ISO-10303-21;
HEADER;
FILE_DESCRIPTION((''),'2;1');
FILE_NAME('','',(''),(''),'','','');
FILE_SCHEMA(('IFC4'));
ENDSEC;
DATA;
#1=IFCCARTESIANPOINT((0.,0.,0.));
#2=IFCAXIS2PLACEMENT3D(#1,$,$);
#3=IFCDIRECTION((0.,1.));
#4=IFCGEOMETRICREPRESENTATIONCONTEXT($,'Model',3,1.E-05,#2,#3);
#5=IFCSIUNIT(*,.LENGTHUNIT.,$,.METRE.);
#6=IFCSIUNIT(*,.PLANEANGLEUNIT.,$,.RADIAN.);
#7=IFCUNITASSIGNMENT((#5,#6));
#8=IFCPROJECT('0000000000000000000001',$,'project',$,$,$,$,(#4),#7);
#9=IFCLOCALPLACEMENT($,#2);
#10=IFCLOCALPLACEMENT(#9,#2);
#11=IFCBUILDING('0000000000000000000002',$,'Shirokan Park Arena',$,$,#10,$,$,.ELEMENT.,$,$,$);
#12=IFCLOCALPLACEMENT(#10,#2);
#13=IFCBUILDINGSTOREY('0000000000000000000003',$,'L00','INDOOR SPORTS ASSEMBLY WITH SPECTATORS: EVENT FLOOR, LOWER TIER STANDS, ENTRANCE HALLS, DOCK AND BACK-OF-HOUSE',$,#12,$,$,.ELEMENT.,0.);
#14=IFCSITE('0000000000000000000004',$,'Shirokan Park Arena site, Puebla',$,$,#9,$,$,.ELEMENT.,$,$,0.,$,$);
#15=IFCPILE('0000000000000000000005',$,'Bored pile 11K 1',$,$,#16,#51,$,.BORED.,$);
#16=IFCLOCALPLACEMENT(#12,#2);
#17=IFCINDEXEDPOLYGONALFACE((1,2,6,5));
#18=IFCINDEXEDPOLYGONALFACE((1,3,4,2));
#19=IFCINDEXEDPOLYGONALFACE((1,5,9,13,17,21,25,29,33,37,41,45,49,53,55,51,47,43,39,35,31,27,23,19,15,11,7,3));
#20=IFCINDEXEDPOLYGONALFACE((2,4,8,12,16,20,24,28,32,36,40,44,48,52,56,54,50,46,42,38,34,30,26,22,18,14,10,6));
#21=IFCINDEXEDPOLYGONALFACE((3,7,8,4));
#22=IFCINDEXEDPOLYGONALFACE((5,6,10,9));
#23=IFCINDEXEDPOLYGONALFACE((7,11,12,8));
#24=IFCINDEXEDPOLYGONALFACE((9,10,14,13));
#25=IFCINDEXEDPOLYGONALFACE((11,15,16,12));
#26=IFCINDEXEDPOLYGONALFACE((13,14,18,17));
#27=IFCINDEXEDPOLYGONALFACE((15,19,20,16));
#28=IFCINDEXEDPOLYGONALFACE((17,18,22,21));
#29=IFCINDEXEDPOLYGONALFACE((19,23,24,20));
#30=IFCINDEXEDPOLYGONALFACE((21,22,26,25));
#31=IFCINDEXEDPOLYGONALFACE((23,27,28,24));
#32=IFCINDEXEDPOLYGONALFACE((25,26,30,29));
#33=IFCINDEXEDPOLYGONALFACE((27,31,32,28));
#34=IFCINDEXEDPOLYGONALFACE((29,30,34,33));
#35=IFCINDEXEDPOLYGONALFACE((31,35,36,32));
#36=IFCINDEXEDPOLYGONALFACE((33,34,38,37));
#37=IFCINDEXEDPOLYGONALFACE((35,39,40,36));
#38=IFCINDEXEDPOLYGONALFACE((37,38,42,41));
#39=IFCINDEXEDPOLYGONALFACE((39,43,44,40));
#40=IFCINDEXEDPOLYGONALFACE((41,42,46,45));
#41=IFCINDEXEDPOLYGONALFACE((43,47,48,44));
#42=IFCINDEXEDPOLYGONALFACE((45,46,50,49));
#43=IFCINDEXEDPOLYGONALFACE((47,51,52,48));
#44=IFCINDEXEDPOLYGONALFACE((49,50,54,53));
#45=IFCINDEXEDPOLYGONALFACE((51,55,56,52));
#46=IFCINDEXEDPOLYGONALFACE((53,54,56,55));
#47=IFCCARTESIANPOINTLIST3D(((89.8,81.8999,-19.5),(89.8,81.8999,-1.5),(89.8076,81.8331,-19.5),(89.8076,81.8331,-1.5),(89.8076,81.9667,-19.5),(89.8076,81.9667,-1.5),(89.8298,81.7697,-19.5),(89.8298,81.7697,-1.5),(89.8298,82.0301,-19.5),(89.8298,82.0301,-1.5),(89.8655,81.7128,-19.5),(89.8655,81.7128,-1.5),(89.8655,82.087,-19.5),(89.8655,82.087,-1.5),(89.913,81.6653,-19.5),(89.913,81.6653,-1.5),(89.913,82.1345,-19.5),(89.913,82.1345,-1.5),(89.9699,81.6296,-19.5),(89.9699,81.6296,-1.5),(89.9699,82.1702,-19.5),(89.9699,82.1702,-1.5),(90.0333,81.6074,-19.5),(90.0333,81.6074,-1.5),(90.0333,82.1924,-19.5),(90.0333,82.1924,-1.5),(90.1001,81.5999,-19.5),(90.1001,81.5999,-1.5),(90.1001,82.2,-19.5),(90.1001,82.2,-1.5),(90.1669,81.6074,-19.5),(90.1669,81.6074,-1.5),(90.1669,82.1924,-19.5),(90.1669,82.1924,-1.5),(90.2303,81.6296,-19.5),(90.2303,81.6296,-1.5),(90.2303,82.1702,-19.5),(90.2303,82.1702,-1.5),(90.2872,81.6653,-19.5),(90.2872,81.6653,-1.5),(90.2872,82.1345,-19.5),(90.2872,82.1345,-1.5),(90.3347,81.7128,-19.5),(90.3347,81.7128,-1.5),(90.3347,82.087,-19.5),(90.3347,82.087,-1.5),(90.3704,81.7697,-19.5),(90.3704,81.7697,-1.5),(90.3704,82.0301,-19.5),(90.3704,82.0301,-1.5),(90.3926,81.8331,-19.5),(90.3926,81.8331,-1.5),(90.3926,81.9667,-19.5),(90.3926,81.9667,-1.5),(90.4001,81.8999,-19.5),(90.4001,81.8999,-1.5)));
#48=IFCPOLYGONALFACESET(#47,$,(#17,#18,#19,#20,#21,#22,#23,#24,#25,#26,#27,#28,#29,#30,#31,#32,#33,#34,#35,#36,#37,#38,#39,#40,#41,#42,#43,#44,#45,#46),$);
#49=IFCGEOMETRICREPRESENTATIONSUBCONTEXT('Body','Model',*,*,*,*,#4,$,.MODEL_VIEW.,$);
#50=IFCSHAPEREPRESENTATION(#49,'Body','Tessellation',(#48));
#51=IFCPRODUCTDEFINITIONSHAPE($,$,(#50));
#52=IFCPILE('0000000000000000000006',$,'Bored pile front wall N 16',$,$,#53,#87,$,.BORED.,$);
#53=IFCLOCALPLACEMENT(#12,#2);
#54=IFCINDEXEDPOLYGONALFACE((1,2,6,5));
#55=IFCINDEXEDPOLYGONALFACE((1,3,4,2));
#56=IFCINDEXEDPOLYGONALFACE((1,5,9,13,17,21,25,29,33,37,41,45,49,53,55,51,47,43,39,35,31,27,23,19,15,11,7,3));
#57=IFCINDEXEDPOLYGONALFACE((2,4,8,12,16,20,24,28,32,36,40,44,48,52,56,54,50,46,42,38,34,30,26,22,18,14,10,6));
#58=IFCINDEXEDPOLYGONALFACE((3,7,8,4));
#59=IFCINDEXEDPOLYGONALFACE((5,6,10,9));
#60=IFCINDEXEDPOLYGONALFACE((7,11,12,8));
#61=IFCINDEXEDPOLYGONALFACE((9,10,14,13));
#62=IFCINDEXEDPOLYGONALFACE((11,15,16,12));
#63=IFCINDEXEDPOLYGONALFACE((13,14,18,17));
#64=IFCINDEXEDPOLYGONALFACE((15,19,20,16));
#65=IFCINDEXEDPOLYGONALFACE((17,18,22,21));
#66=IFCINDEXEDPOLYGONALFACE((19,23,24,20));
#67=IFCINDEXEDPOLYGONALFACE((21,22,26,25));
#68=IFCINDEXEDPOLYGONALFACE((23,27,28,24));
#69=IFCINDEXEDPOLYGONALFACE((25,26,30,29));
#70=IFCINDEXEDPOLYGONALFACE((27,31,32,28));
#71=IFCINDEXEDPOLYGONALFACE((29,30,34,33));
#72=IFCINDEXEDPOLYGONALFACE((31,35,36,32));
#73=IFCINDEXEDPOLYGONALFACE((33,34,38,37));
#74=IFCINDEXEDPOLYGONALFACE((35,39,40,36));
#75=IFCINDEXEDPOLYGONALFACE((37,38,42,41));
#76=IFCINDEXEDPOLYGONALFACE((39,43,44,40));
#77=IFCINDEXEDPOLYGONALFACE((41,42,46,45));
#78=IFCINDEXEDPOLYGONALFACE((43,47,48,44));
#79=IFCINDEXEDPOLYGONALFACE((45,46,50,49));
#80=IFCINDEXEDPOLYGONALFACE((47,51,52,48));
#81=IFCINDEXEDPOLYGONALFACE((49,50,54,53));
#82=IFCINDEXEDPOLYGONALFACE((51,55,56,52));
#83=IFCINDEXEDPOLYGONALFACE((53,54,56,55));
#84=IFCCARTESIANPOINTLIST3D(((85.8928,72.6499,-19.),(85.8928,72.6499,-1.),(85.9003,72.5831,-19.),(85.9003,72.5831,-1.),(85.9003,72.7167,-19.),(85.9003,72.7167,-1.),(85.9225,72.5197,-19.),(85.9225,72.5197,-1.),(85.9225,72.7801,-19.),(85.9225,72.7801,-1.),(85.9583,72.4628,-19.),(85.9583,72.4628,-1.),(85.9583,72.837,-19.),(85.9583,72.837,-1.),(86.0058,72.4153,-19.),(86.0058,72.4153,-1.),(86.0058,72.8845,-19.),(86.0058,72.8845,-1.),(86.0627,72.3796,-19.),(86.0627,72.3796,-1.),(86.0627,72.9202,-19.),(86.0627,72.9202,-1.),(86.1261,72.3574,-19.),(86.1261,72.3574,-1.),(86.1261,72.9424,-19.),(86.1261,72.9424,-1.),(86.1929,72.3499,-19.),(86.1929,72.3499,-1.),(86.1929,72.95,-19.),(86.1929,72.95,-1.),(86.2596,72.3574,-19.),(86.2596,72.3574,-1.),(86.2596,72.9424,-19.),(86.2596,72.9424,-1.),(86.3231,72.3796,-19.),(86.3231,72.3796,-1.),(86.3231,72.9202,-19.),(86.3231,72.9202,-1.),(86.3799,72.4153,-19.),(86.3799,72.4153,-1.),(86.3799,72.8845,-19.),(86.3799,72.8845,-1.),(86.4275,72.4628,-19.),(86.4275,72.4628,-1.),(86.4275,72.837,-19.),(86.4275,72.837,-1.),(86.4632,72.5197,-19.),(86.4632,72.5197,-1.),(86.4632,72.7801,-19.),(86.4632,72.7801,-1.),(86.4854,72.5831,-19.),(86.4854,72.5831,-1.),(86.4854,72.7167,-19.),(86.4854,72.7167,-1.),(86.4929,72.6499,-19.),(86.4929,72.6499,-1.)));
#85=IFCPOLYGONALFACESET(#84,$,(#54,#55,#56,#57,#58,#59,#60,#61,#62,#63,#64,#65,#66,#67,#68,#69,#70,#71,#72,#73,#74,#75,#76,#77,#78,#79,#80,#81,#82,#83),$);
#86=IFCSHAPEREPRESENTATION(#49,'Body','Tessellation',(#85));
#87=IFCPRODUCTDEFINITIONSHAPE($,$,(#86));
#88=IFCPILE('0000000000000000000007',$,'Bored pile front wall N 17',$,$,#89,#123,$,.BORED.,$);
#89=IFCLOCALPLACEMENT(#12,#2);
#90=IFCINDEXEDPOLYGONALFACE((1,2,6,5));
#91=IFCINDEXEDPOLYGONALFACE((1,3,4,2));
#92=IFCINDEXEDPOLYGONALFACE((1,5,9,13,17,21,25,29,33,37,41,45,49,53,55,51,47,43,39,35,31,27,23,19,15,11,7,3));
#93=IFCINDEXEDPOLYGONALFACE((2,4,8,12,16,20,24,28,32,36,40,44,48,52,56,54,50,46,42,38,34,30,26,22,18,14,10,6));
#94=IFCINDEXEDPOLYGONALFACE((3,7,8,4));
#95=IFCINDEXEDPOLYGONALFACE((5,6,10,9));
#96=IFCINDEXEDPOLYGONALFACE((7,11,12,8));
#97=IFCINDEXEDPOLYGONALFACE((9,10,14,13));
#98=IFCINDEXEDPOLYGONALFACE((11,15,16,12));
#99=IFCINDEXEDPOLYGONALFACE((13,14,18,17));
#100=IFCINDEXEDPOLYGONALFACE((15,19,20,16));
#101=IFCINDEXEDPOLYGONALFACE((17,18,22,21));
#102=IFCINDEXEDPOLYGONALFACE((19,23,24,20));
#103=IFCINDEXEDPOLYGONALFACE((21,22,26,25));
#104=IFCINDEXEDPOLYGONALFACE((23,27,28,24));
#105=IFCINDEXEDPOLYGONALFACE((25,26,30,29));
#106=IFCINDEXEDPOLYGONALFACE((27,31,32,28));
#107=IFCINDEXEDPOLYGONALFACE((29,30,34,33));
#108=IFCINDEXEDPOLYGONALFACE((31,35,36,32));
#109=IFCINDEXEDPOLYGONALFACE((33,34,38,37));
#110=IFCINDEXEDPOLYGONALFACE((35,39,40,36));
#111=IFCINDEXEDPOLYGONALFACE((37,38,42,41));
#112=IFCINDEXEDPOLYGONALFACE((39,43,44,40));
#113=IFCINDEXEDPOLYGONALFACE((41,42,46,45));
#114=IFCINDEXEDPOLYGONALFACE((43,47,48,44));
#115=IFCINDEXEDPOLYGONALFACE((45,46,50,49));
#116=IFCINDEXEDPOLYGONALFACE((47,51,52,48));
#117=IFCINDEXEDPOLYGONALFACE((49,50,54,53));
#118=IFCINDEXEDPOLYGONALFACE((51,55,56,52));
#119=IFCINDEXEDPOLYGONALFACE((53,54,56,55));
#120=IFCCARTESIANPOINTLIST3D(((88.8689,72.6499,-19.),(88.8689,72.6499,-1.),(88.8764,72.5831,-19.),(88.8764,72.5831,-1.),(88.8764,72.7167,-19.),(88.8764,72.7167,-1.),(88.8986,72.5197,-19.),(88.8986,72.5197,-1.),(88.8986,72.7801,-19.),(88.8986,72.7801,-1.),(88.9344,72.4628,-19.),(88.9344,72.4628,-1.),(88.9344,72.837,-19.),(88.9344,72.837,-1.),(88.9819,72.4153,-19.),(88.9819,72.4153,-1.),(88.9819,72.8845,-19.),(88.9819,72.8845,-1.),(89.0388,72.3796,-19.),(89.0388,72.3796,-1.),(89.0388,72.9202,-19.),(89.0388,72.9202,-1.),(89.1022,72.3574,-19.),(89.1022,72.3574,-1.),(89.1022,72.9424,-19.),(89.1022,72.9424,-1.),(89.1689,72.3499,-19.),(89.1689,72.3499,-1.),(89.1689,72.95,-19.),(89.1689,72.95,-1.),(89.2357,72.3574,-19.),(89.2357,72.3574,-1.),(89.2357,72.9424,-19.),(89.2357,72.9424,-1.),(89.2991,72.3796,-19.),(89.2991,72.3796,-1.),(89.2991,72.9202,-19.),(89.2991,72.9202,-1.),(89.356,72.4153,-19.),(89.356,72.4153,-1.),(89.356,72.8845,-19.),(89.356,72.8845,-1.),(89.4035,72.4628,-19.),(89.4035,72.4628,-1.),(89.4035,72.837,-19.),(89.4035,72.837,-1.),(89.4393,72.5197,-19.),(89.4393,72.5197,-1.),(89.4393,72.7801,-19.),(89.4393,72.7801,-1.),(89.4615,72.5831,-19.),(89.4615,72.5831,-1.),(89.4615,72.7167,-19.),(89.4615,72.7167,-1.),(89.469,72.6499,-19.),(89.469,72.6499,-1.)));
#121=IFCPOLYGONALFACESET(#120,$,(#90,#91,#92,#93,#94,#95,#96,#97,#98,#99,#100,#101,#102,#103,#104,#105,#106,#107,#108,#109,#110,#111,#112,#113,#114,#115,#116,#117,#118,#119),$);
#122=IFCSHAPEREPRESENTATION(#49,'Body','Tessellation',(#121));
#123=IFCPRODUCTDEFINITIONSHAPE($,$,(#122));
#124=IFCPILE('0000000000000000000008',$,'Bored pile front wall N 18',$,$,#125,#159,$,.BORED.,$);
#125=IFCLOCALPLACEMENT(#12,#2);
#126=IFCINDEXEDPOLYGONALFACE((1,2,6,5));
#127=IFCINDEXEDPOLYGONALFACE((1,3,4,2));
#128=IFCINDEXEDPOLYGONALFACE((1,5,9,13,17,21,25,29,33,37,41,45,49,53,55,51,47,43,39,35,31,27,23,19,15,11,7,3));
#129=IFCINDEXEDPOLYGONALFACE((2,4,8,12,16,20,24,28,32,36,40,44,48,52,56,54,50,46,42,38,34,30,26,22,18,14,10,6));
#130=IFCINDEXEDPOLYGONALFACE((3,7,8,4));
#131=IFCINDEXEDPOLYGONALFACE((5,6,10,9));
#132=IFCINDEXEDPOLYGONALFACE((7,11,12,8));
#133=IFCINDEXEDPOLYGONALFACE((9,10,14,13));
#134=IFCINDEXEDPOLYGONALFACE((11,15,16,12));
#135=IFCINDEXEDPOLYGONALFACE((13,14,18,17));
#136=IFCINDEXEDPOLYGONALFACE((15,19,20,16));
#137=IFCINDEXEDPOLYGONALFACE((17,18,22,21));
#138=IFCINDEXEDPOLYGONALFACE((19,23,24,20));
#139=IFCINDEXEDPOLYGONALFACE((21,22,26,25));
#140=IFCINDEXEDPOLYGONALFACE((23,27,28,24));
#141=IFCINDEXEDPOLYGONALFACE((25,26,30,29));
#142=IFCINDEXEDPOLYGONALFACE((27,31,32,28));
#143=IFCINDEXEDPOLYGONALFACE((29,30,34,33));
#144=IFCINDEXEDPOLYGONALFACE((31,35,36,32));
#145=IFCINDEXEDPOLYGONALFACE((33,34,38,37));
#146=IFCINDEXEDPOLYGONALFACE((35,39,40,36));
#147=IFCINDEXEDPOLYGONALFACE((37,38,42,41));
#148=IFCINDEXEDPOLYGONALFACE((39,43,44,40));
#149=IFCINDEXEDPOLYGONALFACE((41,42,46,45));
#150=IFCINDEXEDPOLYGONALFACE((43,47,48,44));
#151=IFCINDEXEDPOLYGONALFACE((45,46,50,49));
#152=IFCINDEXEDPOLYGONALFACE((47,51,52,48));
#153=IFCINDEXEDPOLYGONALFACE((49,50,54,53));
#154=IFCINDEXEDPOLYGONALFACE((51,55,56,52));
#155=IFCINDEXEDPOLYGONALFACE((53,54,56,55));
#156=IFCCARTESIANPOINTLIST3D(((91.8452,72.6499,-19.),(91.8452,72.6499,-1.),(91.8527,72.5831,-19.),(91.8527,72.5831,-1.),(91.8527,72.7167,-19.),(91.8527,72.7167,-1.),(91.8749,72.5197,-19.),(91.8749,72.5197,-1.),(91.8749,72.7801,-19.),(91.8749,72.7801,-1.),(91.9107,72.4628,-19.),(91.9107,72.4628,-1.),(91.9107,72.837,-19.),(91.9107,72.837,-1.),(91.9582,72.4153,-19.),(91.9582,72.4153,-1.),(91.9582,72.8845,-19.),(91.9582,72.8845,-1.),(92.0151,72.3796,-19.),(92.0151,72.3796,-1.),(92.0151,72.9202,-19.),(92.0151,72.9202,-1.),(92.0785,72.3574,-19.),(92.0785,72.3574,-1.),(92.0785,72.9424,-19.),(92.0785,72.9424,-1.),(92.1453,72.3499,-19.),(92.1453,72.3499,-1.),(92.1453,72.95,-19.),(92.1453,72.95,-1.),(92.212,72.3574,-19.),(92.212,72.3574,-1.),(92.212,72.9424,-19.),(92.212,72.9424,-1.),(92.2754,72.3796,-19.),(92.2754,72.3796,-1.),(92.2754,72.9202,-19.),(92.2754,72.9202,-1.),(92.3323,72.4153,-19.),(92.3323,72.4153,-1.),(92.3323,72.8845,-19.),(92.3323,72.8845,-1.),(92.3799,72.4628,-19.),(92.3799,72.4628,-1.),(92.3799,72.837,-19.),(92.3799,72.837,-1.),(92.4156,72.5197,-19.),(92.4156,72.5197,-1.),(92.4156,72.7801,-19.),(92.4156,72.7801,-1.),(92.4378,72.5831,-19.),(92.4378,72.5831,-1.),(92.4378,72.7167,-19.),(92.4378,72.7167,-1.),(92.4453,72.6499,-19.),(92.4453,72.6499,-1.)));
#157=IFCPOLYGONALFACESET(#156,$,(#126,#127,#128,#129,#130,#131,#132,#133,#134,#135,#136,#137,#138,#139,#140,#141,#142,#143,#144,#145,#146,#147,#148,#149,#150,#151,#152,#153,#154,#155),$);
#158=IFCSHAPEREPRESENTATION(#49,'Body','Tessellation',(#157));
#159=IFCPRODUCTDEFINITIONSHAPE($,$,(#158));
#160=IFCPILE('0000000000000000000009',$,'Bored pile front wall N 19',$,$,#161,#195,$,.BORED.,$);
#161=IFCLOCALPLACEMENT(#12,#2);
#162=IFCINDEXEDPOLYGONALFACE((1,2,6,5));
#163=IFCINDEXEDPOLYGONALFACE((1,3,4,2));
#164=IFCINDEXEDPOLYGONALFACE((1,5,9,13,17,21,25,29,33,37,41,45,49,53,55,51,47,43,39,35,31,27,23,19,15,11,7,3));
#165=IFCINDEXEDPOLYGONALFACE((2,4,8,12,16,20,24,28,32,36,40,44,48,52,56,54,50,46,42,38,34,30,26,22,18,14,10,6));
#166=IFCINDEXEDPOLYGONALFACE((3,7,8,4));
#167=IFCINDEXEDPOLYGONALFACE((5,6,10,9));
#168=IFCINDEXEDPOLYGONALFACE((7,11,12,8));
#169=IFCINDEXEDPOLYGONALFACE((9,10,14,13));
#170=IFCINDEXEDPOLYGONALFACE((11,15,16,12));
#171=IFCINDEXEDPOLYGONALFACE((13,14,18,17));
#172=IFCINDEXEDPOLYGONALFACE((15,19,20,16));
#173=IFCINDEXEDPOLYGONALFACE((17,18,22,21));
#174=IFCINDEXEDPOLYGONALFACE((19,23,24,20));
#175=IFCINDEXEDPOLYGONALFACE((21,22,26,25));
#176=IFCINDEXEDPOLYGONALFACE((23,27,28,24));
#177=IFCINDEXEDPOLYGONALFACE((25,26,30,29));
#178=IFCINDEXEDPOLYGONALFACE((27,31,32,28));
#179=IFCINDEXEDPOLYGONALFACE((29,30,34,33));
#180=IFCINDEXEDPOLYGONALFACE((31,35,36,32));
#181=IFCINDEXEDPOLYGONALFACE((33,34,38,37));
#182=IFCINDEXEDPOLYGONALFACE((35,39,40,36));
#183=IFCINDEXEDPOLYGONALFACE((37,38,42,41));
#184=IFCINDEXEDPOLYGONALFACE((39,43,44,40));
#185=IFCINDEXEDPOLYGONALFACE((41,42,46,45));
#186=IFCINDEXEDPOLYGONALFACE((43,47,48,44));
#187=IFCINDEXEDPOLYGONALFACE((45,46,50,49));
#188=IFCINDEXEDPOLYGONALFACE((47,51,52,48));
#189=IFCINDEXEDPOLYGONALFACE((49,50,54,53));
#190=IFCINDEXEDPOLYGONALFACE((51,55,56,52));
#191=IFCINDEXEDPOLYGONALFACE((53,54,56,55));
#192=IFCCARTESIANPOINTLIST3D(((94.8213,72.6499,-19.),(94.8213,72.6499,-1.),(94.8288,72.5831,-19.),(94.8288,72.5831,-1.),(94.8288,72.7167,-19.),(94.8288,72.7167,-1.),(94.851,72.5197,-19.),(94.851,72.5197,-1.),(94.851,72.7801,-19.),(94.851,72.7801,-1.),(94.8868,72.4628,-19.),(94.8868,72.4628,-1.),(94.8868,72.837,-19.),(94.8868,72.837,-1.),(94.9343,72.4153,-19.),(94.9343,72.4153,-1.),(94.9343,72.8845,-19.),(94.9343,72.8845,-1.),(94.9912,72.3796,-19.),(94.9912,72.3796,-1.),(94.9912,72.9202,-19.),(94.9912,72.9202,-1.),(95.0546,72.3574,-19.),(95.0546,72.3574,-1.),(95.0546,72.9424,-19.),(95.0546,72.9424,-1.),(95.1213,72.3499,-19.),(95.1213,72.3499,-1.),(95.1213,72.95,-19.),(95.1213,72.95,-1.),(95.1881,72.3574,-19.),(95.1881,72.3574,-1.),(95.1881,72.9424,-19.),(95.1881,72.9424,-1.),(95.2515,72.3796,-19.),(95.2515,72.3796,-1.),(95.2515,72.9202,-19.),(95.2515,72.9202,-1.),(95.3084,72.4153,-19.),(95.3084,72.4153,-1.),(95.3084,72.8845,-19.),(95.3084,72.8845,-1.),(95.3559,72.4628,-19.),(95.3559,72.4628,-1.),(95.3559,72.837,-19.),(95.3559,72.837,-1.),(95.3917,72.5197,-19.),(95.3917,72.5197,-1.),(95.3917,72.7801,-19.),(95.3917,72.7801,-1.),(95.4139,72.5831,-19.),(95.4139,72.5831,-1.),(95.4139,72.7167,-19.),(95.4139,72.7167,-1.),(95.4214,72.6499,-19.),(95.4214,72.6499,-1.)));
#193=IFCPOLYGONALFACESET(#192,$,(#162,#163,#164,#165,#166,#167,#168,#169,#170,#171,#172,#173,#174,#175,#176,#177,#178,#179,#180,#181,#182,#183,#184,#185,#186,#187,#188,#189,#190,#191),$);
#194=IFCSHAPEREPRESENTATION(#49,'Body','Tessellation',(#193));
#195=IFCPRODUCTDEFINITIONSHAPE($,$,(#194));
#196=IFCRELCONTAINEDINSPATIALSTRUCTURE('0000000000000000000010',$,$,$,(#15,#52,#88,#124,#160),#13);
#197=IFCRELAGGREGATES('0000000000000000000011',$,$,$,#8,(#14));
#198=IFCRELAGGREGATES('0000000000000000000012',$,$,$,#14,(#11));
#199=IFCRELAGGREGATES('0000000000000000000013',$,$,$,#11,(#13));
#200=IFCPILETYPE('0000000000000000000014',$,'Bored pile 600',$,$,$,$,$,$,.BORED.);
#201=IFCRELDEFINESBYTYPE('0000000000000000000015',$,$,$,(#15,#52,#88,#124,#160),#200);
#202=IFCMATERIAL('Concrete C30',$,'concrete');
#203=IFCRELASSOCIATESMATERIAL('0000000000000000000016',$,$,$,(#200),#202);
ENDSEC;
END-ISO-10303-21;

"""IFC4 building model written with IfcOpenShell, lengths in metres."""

from ifc_helpers import new_model, si_unit, direction, frame, origin, origin_2d, place, context, subcontext, project, spatial, circle, extrude, material, material_profile, profile_set, type_object, element, save


model = new_model("IFC4")

# Units and contexts
model_context = context("Model", 3, precision=1e-05, world=origin(), true_north=direction((0.0, 1.0)))
body_context = subcontext(model_context, "Body", "Model", "MODEL_VIEW")
ifc_project = project(units=[si_unit("LENGTHUNIT", "METRE"), si_unit("PLANEANGLEUNIT", "RADIAN")], contexts=[model_context])

# Site, building, storey
site_placement = place(None, origin())
site = spatial("IfcSite", under=ifc_project, at=site_placement, Name="Shirokan Park Arena site, Puebla", CompositionType="ELEMENT", RefElevation=0.0)
building_placement = place(site_placement, origin())
building = spatial("IfcBuilding", under=site, at=building_placement, Name="Shirokan Park Arena", CompositionType="ELEMENT")
storey_placement = place(building_placement, origin())
storey = spatial("IfcBuildingStorey", under=building, at=storey_placement, Name="L00", Description="INDOOR SPORTS ASSEMBLY WITH SPECTATORS: EVENT FLOOR, LOWER TIER STANDS, ENTRANCE HALLS, DOCK AND BACK-OF-HOUSE", CompositionType="ELEMENT", Elevation=0.0)

# Piles
ifc_material_1 = material(Name="Concrete C30", Category="concrete")
ifc_material_profile_1 = material_profile(ifc_material_1, circle(Radius=0.3, at=origin_2d()), Name="D600")
ifc_profile_set_1 = profile_set([ifc_material_profile_1], Name="Concrete C30")
pile_type = type_object("IfcPileType", Name="Bored pile 600", PredefinedType="BORED", material=ifc_profile_set_1)
for number, where, z_axis, x_axis, name in (
    (1, (90.1001, 81.8999, -1.5), (0.0, 0.0, -1.0), (1.0, 0.0, 0.0), "Bored pile 11K 1"),
    (2, (86.1929, 72.6499, -1.0), (0.0, 0.0, -1.0), (1.0, 0.0, 0.0), "Bored pile front wall N 16"),
    (3, (89.1689, 72.6499, -1.0), (0.0, 0.0, -1.0), (1.0, 0.0, 0.0), "Bored pile front wall N 17"),
    (4, (92.1453, 72.6499, -1.0), (0.0, 0.0, -1.0), (1.0, 0.0, 0.0), "Bored pile front wall N 18"),
    (5, (95.1213, 72.6499, -1.0), (0.0, 0.0, -1.0), (1.0, 0.0, 0.0), "Bored pile front wall N 19"),
):
    element("IfcPile", number, at=place(storey_placement, frame(where, z_axis=z_axis, x_axis=x_axis)), inside=storey, type_object=pile_type, Name=name, PredefinedType="BORED", context=body_context, shape_type="SweptSolid", body=[
        extrude(circle(Radius=0.3, at=origin_2d()), origin(), (0.0, 0.0, 1.0), 18.0),
    ])

save(model, "model.ifc")
